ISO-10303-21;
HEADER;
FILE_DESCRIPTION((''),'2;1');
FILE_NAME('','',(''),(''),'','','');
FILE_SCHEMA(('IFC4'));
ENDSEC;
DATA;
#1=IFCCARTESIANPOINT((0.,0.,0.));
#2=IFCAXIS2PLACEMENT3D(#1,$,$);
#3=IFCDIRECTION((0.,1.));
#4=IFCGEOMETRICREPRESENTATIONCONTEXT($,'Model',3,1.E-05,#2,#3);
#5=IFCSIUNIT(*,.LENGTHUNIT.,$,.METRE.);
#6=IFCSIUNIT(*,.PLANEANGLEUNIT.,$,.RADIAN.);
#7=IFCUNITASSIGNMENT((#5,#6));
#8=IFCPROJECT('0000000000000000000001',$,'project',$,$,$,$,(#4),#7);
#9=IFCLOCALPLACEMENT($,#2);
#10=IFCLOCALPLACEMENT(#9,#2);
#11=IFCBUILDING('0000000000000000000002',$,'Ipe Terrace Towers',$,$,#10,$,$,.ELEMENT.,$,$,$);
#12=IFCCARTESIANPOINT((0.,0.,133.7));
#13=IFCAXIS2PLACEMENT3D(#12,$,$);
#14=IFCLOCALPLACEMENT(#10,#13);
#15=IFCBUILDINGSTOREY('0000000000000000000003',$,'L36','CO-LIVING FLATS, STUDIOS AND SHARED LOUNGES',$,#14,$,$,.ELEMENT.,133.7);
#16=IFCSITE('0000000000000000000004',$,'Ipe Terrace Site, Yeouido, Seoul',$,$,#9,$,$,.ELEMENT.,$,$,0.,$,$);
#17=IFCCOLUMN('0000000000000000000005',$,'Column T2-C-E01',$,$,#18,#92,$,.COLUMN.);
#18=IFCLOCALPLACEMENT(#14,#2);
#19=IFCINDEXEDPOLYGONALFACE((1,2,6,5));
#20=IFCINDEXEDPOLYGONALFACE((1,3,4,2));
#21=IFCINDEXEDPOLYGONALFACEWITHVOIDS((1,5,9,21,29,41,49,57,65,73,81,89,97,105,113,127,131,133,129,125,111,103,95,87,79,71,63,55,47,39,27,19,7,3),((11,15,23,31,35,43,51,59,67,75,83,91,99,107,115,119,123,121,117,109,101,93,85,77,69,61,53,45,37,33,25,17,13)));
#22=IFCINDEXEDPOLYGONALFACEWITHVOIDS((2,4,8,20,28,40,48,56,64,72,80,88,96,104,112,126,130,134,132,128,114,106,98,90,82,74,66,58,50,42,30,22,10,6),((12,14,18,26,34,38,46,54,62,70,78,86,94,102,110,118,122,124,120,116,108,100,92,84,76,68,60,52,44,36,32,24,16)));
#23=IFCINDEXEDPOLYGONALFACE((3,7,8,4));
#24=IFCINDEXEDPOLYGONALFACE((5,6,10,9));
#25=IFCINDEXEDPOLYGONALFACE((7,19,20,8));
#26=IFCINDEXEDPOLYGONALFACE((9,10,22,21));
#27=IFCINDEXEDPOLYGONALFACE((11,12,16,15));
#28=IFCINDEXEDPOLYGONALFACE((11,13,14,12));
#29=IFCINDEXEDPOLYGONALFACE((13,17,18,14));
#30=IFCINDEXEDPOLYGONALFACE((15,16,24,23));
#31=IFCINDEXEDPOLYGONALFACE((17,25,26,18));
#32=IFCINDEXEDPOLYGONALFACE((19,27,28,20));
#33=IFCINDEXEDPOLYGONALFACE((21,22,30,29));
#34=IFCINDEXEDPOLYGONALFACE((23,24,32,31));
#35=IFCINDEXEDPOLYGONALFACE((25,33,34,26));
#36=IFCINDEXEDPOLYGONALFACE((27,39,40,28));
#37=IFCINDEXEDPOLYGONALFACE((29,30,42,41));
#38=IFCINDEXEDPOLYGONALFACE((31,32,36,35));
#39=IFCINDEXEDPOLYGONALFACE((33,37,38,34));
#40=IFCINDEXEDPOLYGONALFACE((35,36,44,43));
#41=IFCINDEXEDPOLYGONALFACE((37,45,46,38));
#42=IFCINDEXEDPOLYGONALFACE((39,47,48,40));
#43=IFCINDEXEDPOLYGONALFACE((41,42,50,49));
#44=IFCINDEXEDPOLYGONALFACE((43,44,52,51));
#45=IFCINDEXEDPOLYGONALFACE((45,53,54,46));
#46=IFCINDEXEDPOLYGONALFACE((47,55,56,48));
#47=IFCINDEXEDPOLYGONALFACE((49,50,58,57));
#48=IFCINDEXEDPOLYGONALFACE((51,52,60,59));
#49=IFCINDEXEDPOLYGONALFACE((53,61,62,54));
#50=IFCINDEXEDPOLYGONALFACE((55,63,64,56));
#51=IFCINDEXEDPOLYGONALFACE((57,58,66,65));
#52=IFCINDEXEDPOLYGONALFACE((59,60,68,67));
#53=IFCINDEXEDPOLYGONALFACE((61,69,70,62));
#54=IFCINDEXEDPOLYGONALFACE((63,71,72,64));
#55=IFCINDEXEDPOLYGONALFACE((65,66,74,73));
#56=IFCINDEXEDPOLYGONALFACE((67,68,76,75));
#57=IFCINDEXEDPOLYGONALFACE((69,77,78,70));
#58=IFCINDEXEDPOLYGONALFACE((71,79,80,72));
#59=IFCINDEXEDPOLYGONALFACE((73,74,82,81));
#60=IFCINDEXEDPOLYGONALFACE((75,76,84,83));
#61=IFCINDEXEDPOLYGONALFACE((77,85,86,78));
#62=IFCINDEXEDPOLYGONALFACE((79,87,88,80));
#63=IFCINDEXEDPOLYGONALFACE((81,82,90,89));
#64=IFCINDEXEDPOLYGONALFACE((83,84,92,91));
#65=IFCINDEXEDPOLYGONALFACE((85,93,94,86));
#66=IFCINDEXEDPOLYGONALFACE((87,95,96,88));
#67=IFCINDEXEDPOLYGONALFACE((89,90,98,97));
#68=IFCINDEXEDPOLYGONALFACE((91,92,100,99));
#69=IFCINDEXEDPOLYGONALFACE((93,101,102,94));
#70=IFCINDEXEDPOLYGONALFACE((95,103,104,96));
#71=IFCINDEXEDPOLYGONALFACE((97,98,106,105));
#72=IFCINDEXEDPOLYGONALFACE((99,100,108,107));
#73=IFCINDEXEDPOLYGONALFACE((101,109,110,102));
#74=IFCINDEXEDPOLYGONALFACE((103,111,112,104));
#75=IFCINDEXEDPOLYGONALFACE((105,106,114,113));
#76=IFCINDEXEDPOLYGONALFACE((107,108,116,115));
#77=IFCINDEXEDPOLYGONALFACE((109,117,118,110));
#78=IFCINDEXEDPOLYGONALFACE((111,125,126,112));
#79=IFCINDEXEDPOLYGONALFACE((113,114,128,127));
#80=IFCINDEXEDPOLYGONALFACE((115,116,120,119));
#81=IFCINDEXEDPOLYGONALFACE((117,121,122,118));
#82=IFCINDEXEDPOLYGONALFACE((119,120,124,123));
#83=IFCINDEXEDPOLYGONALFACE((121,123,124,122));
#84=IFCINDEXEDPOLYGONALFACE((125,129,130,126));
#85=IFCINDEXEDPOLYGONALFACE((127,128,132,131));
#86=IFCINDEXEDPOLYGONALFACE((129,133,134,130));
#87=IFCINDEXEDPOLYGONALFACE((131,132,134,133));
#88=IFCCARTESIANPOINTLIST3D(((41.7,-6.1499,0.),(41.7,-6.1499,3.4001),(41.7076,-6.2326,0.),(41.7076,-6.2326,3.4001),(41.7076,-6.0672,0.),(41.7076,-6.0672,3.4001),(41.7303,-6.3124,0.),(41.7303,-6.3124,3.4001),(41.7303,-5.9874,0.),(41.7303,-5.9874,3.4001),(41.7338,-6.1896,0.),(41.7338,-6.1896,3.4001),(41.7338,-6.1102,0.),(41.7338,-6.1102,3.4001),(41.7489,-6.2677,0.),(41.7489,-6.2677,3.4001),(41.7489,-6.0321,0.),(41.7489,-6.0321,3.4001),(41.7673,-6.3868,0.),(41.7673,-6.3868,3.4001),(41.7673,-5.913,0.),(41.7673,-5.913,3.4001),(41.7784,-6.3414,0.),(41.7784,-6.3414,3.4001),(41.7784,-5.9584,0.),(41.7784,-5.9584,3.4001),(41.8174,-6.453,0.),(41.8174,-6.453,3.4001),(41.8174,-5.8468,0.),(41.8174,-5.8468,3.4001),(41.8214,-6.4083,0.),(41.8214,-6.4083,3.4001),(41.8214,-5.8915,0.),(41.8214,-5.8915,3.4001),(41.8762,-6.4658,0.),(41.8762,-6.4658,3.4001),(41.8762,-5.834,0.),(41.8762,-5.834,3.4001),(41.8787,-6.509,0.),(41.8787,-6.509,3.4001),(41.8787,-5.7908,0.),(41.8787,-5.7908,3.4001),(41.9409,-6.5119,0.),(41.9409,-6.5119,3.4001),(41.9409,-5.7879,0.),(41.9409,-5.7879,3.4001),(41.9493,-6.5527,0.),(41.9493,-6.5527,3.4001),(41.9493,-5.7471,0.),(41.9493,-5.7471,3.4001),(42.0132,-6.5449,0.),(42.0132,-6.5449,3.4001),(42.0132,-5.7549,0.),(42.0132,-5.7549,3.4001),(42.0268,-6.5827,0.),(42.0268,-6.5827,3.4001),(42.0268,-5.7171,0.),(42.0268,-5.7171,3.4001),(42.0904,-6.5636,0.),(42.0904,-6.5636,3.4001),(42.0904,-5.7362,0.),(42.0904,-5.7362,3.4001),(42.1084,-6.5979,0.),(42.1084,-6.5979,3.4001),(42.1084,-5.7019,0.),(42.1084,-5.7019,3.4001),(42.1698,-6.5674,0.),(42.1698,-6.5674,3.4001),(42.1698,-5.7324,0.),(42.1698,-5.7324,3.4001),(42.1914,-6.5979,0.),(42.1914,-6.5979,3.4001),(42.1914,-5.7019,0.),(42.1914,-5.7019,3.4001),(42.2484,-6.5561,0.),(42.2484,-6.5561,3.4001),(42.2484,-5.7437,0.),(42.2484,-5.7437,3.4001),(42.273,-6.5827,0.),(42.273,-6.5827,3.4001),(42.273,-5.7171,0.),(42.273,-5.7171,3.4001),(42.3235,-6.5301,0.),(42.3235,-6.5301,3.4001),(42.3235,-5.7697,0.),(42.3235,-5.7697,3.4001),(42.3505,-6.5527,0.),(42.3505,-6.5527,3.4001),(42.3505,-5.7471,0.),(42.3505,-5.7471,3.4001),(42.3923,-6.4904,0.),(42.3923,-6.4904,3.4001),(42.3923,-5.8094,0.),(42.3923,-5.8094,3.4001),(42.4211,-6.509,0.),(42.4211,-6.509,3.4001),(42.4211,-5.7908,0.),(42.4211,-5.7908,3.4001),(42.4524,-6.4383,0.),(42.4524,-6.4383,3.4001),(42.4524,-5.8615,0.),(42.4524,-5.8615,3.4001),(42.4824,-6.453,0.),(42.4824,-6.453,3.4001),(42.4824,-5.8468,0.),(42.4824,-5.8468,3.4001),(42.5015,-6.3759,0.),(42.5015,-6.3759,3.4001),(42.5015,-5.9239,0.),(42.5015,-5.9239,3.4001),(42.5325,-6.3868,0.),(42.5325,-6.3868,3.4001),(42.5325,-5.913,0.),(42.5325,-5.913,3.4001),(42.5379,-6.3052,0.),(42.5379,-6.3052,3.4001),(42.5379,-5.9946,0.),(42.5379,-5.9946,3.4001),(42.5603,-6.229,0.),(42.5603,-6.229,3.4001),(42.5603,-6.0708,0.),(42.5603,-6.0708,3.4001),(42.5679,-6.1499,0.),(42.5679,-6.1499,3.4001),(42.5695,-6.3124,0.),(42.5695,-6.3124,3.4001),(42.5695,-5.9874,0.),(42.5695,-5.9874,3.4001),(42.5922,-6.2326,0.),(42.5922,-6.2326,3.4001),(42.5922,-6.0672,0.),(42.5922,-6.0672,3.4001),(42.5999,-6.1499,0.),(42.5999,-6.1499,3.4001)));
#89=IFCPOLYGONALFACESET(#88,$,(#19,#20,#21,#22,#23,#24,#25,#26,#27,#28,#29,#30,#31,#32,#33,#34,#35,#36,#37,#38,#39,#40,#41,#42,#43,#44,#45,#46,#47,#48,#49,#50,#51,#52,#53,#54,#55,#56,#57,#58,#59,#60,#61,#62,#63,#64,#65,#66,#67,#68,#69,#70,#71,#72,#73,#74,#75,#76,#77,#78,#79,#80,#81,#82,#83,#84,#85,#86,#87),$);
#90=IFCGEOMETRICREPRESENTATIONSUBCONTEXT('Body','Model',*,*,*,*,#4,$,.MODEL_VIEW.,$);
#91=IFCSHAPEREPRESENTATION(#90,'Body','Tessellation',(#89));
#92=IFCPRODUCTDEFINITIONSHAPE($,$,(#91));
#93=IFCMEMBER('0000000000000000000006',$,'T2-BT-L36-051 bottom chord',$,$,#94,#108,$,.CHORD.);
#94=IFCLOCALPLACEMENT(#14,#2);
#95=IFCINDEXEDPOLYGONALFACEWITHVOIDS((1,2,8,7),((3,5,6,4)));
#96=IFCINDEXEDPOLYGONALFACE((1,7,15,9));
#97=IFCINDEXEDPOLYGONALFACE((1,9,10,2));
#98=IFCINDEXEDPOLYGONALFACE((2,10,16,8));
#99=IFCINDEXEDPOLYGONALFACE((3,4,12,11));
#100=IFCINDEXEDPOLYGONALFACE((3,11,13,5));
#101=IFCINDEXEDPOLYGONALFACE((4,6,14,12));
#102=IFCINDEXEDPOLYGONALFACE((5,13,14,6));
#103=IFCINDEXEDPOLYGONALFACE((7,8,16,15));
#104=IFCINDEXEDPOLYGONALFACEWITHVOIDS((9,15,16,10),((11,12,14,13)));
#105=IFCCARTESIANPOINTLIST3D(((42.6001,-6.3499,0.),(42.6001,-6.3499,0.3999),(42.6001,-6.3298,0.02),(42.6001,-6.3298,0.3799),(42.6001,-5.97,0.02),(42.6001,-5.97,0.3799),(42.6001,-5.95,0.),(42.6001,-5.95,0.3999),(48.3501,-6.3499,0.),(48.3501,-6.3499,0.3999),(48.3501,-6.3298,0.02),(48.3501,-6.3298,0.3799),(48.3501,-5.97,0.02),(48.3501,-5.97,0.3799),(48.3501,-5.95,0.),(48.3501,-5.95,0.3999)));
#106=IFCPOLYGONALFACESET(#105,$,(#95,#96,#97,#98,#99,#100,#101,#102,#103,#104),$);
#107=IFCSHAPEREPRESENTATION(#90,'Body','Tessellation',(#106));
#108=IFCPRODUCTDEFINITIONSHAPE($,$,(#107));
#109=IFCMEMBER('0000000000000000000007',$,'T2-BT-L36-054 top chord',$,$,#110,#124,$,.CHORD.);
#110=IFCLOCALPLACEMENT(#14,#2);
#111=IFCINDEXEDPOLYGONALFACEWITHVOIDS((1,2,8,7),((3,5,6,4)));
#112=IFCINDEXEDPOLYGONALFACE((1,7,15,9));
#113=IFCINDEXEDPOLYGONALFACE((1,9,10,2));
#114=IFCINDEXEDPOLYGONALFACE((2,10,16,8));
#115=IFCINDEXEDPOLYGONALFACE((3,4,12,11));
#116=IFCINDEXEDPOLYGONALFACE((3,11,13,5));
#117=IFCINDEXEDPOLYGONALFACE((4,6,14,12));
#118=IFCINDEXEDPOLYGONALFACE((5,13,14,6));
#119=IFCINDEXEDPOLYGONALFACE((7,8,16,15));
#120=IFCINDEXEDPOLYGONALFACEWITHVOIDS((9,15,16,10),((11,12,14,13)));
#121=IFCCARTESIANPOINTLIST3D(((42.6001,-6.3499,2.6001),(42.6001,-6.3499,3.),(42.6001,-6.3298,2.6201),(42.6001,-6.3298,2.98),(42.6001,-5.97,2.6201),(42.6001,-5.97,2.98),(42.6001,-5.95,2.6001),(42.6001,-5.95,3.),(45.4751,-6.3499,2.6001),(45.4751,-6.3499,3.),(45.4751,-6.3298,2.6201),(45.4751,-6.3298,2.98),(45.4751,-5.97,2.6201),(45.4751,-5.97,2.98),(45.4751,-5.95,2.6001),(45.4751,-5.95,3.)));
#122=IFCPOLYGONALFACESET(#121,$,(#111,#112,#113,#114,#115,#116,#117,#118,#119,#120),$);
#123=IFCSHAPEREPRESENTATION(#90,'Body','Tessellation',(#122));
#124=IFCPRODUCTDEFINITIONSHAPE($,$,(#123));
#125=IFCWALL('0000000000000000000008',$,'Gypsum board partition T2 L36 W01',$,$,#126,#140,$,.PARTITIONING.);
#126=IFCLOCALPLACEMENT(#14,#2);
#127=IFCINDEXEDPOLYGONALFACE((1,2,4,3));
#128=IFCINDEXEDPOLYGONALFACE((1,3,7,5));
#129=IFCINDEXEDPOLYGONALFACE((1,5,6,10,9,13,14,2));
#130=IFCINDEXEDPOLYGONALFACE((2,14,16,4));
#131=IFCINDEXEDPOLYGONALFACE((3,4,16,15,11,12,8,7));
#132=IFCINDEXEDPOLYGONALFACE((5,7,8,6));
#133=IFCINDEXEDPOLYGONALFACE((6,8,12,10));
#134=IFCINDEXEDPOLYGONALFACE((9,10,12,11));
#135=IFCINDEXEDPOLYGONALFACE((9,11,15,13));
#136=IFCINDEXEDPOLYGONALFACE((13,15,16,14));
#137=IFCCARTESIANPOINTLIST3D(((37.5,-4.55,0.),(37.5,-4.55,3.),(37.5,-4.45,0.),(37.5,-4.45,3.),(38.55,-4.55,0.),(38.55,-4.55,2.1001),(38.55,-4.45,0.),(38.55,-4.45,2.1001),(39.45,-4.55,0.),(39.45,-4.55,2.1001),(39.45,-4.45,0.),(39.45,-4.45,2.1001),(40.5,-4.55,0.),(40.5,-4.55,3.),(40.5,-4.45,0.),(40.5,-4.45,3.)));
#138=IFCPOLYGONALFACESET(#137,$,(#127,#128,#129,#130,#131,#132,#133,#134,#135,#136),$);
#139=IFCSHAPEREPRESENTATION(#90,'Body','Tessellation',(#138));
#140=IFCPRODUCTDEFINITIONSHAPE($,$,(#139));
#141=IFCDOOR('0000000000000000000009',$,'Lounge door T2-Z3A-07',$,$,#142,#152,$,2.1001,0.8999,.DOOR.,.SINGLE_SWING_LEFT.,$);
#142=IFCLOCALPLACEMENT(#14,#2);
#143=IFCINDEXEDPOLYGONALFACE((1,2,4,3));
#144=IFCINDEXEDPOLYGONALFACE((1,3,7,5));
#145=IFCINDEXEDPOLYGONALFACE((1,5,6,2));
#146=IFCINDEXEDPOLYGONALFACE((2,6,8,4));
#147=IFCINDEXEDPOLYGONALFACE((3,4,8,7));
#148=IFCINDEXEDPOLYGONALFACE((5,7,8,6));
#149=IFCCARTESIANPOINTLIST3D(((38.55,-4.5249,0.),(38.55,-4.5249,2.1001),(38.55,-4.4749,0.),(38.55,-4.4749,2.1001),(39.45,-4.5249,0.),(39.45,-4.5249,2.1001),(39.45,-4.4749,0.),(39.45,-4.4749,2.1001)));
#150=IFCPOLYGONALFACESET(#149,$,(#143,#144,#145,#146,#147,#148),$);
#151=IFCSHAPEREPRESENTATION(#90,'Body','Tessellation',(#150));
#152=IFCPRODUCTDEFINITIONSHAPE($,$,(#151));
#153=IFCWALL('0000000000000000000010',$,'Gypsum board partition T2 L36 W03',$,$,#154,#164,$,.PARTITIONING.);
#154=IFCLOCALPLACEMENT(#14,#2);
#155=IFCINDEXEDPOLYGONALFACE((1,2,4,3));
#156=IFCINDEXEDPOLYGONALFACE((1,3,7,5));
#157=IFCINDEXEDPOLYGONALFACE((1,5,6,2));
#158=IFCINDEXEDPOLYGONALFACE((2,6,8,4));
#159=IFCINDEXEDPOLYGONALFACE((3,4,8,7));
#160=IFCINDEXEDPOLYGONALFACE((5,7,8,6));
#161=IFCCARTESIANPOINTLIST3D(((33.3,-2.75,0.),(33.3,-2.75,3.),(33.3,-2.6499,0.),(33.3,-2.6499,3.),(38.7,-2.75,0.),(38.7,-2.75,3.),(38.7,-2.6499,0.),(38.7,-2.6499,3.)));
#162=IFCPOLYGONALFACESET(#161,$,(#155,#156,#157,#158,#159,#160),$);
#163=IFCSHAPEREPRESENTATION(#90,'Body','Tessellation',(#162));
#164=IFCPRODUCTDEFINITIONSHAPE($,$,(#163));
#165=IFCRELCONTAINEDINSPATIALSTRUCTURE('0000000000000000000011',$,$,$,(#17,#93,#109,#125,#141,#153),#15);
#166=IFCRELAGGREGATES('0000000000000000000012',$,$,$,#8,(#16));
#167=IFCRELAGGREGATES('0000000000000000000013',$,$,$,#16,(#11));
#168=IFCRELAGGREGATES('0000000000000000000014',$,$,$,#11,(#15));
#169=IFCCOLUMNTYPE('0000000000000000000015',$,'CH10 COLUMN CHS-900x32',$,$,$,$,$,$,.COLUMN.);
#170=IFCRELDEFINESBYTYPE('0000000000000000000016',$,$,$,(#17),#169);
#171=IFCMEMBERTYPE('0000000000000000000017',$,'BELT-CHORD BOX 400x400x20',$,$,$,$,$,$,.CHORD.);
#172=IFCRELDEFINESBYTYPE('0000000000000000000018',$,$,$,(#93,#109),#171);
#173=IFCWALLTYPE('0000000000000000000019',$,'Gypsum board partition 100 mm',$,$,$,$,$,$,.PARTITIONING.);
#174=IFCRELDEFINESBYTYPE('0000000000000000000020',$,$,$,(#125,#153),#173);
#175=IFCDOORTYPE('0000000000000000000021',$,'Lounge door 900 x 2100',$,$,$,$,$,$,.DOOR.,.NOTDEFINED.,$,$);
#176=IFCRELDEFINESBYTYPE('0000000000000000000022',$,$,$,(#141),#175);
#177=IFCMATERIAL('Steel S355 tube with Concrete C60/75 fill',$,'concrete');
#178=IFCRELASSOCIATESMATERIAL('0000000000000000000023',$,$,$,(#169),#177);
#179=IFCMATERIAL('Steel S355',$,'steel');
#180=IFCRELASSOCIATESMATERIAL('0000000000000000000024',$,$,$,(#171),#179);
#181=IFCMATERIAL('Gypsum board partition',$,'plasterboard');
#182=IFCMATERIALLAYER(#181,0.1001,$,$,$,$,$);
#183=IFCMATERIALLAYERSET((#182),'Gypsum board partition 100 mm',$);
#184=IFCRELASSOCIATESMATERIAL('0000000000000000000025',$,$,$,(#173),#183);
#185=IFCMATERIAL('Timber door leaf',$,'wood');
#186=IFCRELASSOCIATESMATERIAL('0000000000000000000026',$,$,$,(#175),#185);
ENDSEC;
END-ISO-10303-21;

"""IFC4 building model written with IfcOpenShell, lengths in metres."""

from ifc_helpers import new_model, si_unit, direction, frame, frame_2d, origin, origin_2d, place, context, subcontext, project, spatial, rectangle, hollow_rectangle, hollow_circle, extrude, material, layer, layer_set, material_profile, profile_set, type_object, element, fill, save


model = new_model("IFC4")

# Units and contexts
model_context = context("Model", 3, precision=1e-05, world=origin(), true_north=direction((0.0, 1.0)))
body_context = subcontext(model_context, "Body", "Model", "MODEL_VIEW")
ifc_project = project(units=[si_unit("LENGTHUNIT", "METRE"), si_unit("PLANEANGLEUNIT", "RADIAN")], contexts=[model_context])

# Site, building, storey
site_placement = place(None, origin())
site = spatial("IfcSite", under=ifc_project, at=site_placement, Name="Ipe Terrace Site, Yeouido, Seoul", CompositionType="ELEMENT", RefElevation=0.0)
building_placement = place(site_placement, origin())
building = spatial("IfcBuilding", under=site, at=building_placement, Name="Ipe Terrace Towers", CompositionType="ELEMENT")
storey_placement = place(building_placement, frame((0.0, 0.0, 133.7)))
storey = spatial("IfcBuildingStorey", under=building, at=storey_placement, Name="L36", Description="CO-LIVING FLATS, STUDIOS AND SHARED LOUNGES", CompositionType="ELEMENT", Elevation=133.7)

# Column
ifc_material_1 = material(Name="Steel S355 tube with Concrete C60/75 fill", Category="concrete")
ifc_material_profile_1 = material_profile(ifc_material_1, hollow_circle(Radius=0.45, WallThickness=0.032, at=origin_2d()), Name="CHS-900x32")
ifc_profile_set_1 = profile_set([ifc_material_profile_1], Name="Steel S355 tube with Concrete C60/75 fill")
column_type = type_object("IfcColumnType", Name="CH10 COLUMN CHS-900x32", PredefinedType="COLUMN", material=ifc_profile_set_1)
column_placement = place(storey_placement, frame((42.1499, -6.1499, 0.0), z_axis=(0.0, 0.0, 1.0), x_axis=(1.0, 0.0, 0.0)))
element("IfcColumn", 1, at=column_placement, inside=storey, type_object=column_type, Name="Column T2-C-E01", PredefinedType="COLUMN", context=body_context, shape_type="SweptSolid", body=[
    extrude(hollow_circle(Radius=0.45, WallThickness=0.032, at=origin_2d()), origin(), (0.0, 0.0, 1.0), 3.4001),
])

# Members
ifc_material_2 = material(Name="Steel S355", Category="steel")
ifc_material_profile_2 = material_profile(ifc_material_2, hollow_rectangle(XDim=0.3999, YDim=0.3999, WallThickness=0.02, at=origin_2d()), Name="BELT-CHORD BOX 400x400x20")
ifc_profile_set_2 = profile_set([ifc_material_profile_2], Name="Steel S355")
member_type = type_object("IfcMemberType", Name="BELT-CHORD BOX 400x400x20", PredefinedType="CHORD", material=ifc_profile_set_2)
member_1_placement = place(storey_placement, frame((42.6001, -6.1499, 0.2), z_axis=(1.0, 0.0, 0.0), x_axis=(0.0, 1.0, 0.0)))
element("IfcMember", 2, at=member_1_placement, inside=storey, type_object=member_type, Name="T2-BT-L36-051 bottom chord", PredefinedType="CHORD", context=body_context, shape_type="SweptSolid", body=[
    extrude(hollow_rectangle(XDim=0.3999, YDim=0.3999, WallThickness=0.02, at=origin_2d()), origin(), (0.0, 0.0, 1.0), 5.75),
])
member_2_placement = place(storey_placement, frame((42.6001, -6.1499, 2.8), z_axis=(1.0, 0.0, 0.0), x_axis=(0.0, 1.0, 0.0)))
element("IfcMember", 3, at=member_2_placement, inside=storey, type_object=member_type, Name="T2-BT-L36-054 top chord", PredefinedType="CHORD", context=body_context, shape_type="SweptSolid", body=[
    extrude(hollow_rectangle(XDim=0.3999, YDim=0.3999, WallThickness=0.02, at=origin_2d()), origin(), (0.0, 0.0, 1.0), 2.875),
])

# Wall, opening, door
ifc_material_3 = material(Name="Gypsum board partition", Category="plasterboard")
ifc_layer_1 = layer(ifc_material_3, 0.1001)
ifc_layer_set_1 = layer_set([ifc_layer_1], Name="Gypsum board partition 100 mm")
wall_type_1 = type_object("IfcWallType", Name="Gypsum board partition 100 mm", PredefinedType="PARTITIONING", material=ifc_layer_set_1)
wall_1_placement = place(storey_placement, frame((40.5, -4.5, 0.0), z_axis=(0.0, 0.0, 1.0), x_axis=(-1.0, 0.0, 0.0)))
wall_1 = element("IfcWall", 4, at=wall_1_placement, inside=storey, type_object=wall_type_1, Name="Gypsum board partition T2 L36 W01", PredefinedType="PARTITIONING", context=body_context, shape_type="SweptSolid", body=[
    extrude(rectangle(XDim=3.0, YDim=0.1001, at=frame_2d((1.5, 0.0))), origin(), (0.0, 0.0, 1.0), 3.0),
])
opening_1_placement = place(wall_1_placement, frame((1.05, 0.0, 0.0)))
opening_1 = element("IfcOpeningElement", 5, at=opening_1_placement, cuts=wall_1, PredefinedType="OPENING", context=body_context, shape_type="SweptSolid", body=[
    extrude(rectangle(XDim=0.8999, YDim=2.1001, at=frame_2d((0.45, 1.05))), frame((0.0, 0.0601, 0.0), z_axis=(0.0, -1.0, 0.0), x_axis=(1.0, 0.0, 0.0)), (0.0, 0.0, 1.0), 0.1201),
])
ifc_material_4 = material(Name="Timber door leaf", Category="wood")
door_type_1 = type_object("IfcDoorType", Name="Lounge door 900 x 2100", OperationType="NOTDEFINED", PredefinedType="DOOR", material=ifc_material_4)
door_1_placement = place(opening_1_placement, origin())
door_1 = element("IfcDoor", 6, at=door_1_placement, inside=storey, type_object=door_type_1, Name="Lounge door T2-Z3A-07", OperationType="SINGLE_SWING_LEFT", OverallHeight=2.1001, OverallWidth=0.8999, PredefinedType="DOOR", context=body_context, shape_type="SweptSolid", body=[
    extrude(rectangle(XDim=0.8999, YDim=2.1001, at=frame_2d((0.45, 1.05))), frame((0.0, 0.0249, 0.0), z_axis=(0.0, -1.0, 0.0), x_axis=(1.0, 0.0, 0.0)), (0.0, 0.0, 1.0), 0.05),
])
fill(opening_1, door_1)

# Wall
wall_2_placement = place(storey_placement, frame((38.7, -2.7, 0.0), z_axis=(0.0, 0.0, 1.0), x_axis=(-1.0, 0.0, 0.0)))
element("IfcWall", 7, at=wall_2_placement, inside=storey, type_object=wall_type_1, Name="Gypsum board partition T2 L36 W03", PredefinedType="PARTITIONING", context=body_context, shape_type="SweptSolid", body=[
    extrude(rectangle(XDim=5.3999, YDim=0.1001, at=frame_2d((2.7, 0.0))), origin(), (0.0, 0.0, 1.0), 3.0),
])

save(model, "model.ifc")
